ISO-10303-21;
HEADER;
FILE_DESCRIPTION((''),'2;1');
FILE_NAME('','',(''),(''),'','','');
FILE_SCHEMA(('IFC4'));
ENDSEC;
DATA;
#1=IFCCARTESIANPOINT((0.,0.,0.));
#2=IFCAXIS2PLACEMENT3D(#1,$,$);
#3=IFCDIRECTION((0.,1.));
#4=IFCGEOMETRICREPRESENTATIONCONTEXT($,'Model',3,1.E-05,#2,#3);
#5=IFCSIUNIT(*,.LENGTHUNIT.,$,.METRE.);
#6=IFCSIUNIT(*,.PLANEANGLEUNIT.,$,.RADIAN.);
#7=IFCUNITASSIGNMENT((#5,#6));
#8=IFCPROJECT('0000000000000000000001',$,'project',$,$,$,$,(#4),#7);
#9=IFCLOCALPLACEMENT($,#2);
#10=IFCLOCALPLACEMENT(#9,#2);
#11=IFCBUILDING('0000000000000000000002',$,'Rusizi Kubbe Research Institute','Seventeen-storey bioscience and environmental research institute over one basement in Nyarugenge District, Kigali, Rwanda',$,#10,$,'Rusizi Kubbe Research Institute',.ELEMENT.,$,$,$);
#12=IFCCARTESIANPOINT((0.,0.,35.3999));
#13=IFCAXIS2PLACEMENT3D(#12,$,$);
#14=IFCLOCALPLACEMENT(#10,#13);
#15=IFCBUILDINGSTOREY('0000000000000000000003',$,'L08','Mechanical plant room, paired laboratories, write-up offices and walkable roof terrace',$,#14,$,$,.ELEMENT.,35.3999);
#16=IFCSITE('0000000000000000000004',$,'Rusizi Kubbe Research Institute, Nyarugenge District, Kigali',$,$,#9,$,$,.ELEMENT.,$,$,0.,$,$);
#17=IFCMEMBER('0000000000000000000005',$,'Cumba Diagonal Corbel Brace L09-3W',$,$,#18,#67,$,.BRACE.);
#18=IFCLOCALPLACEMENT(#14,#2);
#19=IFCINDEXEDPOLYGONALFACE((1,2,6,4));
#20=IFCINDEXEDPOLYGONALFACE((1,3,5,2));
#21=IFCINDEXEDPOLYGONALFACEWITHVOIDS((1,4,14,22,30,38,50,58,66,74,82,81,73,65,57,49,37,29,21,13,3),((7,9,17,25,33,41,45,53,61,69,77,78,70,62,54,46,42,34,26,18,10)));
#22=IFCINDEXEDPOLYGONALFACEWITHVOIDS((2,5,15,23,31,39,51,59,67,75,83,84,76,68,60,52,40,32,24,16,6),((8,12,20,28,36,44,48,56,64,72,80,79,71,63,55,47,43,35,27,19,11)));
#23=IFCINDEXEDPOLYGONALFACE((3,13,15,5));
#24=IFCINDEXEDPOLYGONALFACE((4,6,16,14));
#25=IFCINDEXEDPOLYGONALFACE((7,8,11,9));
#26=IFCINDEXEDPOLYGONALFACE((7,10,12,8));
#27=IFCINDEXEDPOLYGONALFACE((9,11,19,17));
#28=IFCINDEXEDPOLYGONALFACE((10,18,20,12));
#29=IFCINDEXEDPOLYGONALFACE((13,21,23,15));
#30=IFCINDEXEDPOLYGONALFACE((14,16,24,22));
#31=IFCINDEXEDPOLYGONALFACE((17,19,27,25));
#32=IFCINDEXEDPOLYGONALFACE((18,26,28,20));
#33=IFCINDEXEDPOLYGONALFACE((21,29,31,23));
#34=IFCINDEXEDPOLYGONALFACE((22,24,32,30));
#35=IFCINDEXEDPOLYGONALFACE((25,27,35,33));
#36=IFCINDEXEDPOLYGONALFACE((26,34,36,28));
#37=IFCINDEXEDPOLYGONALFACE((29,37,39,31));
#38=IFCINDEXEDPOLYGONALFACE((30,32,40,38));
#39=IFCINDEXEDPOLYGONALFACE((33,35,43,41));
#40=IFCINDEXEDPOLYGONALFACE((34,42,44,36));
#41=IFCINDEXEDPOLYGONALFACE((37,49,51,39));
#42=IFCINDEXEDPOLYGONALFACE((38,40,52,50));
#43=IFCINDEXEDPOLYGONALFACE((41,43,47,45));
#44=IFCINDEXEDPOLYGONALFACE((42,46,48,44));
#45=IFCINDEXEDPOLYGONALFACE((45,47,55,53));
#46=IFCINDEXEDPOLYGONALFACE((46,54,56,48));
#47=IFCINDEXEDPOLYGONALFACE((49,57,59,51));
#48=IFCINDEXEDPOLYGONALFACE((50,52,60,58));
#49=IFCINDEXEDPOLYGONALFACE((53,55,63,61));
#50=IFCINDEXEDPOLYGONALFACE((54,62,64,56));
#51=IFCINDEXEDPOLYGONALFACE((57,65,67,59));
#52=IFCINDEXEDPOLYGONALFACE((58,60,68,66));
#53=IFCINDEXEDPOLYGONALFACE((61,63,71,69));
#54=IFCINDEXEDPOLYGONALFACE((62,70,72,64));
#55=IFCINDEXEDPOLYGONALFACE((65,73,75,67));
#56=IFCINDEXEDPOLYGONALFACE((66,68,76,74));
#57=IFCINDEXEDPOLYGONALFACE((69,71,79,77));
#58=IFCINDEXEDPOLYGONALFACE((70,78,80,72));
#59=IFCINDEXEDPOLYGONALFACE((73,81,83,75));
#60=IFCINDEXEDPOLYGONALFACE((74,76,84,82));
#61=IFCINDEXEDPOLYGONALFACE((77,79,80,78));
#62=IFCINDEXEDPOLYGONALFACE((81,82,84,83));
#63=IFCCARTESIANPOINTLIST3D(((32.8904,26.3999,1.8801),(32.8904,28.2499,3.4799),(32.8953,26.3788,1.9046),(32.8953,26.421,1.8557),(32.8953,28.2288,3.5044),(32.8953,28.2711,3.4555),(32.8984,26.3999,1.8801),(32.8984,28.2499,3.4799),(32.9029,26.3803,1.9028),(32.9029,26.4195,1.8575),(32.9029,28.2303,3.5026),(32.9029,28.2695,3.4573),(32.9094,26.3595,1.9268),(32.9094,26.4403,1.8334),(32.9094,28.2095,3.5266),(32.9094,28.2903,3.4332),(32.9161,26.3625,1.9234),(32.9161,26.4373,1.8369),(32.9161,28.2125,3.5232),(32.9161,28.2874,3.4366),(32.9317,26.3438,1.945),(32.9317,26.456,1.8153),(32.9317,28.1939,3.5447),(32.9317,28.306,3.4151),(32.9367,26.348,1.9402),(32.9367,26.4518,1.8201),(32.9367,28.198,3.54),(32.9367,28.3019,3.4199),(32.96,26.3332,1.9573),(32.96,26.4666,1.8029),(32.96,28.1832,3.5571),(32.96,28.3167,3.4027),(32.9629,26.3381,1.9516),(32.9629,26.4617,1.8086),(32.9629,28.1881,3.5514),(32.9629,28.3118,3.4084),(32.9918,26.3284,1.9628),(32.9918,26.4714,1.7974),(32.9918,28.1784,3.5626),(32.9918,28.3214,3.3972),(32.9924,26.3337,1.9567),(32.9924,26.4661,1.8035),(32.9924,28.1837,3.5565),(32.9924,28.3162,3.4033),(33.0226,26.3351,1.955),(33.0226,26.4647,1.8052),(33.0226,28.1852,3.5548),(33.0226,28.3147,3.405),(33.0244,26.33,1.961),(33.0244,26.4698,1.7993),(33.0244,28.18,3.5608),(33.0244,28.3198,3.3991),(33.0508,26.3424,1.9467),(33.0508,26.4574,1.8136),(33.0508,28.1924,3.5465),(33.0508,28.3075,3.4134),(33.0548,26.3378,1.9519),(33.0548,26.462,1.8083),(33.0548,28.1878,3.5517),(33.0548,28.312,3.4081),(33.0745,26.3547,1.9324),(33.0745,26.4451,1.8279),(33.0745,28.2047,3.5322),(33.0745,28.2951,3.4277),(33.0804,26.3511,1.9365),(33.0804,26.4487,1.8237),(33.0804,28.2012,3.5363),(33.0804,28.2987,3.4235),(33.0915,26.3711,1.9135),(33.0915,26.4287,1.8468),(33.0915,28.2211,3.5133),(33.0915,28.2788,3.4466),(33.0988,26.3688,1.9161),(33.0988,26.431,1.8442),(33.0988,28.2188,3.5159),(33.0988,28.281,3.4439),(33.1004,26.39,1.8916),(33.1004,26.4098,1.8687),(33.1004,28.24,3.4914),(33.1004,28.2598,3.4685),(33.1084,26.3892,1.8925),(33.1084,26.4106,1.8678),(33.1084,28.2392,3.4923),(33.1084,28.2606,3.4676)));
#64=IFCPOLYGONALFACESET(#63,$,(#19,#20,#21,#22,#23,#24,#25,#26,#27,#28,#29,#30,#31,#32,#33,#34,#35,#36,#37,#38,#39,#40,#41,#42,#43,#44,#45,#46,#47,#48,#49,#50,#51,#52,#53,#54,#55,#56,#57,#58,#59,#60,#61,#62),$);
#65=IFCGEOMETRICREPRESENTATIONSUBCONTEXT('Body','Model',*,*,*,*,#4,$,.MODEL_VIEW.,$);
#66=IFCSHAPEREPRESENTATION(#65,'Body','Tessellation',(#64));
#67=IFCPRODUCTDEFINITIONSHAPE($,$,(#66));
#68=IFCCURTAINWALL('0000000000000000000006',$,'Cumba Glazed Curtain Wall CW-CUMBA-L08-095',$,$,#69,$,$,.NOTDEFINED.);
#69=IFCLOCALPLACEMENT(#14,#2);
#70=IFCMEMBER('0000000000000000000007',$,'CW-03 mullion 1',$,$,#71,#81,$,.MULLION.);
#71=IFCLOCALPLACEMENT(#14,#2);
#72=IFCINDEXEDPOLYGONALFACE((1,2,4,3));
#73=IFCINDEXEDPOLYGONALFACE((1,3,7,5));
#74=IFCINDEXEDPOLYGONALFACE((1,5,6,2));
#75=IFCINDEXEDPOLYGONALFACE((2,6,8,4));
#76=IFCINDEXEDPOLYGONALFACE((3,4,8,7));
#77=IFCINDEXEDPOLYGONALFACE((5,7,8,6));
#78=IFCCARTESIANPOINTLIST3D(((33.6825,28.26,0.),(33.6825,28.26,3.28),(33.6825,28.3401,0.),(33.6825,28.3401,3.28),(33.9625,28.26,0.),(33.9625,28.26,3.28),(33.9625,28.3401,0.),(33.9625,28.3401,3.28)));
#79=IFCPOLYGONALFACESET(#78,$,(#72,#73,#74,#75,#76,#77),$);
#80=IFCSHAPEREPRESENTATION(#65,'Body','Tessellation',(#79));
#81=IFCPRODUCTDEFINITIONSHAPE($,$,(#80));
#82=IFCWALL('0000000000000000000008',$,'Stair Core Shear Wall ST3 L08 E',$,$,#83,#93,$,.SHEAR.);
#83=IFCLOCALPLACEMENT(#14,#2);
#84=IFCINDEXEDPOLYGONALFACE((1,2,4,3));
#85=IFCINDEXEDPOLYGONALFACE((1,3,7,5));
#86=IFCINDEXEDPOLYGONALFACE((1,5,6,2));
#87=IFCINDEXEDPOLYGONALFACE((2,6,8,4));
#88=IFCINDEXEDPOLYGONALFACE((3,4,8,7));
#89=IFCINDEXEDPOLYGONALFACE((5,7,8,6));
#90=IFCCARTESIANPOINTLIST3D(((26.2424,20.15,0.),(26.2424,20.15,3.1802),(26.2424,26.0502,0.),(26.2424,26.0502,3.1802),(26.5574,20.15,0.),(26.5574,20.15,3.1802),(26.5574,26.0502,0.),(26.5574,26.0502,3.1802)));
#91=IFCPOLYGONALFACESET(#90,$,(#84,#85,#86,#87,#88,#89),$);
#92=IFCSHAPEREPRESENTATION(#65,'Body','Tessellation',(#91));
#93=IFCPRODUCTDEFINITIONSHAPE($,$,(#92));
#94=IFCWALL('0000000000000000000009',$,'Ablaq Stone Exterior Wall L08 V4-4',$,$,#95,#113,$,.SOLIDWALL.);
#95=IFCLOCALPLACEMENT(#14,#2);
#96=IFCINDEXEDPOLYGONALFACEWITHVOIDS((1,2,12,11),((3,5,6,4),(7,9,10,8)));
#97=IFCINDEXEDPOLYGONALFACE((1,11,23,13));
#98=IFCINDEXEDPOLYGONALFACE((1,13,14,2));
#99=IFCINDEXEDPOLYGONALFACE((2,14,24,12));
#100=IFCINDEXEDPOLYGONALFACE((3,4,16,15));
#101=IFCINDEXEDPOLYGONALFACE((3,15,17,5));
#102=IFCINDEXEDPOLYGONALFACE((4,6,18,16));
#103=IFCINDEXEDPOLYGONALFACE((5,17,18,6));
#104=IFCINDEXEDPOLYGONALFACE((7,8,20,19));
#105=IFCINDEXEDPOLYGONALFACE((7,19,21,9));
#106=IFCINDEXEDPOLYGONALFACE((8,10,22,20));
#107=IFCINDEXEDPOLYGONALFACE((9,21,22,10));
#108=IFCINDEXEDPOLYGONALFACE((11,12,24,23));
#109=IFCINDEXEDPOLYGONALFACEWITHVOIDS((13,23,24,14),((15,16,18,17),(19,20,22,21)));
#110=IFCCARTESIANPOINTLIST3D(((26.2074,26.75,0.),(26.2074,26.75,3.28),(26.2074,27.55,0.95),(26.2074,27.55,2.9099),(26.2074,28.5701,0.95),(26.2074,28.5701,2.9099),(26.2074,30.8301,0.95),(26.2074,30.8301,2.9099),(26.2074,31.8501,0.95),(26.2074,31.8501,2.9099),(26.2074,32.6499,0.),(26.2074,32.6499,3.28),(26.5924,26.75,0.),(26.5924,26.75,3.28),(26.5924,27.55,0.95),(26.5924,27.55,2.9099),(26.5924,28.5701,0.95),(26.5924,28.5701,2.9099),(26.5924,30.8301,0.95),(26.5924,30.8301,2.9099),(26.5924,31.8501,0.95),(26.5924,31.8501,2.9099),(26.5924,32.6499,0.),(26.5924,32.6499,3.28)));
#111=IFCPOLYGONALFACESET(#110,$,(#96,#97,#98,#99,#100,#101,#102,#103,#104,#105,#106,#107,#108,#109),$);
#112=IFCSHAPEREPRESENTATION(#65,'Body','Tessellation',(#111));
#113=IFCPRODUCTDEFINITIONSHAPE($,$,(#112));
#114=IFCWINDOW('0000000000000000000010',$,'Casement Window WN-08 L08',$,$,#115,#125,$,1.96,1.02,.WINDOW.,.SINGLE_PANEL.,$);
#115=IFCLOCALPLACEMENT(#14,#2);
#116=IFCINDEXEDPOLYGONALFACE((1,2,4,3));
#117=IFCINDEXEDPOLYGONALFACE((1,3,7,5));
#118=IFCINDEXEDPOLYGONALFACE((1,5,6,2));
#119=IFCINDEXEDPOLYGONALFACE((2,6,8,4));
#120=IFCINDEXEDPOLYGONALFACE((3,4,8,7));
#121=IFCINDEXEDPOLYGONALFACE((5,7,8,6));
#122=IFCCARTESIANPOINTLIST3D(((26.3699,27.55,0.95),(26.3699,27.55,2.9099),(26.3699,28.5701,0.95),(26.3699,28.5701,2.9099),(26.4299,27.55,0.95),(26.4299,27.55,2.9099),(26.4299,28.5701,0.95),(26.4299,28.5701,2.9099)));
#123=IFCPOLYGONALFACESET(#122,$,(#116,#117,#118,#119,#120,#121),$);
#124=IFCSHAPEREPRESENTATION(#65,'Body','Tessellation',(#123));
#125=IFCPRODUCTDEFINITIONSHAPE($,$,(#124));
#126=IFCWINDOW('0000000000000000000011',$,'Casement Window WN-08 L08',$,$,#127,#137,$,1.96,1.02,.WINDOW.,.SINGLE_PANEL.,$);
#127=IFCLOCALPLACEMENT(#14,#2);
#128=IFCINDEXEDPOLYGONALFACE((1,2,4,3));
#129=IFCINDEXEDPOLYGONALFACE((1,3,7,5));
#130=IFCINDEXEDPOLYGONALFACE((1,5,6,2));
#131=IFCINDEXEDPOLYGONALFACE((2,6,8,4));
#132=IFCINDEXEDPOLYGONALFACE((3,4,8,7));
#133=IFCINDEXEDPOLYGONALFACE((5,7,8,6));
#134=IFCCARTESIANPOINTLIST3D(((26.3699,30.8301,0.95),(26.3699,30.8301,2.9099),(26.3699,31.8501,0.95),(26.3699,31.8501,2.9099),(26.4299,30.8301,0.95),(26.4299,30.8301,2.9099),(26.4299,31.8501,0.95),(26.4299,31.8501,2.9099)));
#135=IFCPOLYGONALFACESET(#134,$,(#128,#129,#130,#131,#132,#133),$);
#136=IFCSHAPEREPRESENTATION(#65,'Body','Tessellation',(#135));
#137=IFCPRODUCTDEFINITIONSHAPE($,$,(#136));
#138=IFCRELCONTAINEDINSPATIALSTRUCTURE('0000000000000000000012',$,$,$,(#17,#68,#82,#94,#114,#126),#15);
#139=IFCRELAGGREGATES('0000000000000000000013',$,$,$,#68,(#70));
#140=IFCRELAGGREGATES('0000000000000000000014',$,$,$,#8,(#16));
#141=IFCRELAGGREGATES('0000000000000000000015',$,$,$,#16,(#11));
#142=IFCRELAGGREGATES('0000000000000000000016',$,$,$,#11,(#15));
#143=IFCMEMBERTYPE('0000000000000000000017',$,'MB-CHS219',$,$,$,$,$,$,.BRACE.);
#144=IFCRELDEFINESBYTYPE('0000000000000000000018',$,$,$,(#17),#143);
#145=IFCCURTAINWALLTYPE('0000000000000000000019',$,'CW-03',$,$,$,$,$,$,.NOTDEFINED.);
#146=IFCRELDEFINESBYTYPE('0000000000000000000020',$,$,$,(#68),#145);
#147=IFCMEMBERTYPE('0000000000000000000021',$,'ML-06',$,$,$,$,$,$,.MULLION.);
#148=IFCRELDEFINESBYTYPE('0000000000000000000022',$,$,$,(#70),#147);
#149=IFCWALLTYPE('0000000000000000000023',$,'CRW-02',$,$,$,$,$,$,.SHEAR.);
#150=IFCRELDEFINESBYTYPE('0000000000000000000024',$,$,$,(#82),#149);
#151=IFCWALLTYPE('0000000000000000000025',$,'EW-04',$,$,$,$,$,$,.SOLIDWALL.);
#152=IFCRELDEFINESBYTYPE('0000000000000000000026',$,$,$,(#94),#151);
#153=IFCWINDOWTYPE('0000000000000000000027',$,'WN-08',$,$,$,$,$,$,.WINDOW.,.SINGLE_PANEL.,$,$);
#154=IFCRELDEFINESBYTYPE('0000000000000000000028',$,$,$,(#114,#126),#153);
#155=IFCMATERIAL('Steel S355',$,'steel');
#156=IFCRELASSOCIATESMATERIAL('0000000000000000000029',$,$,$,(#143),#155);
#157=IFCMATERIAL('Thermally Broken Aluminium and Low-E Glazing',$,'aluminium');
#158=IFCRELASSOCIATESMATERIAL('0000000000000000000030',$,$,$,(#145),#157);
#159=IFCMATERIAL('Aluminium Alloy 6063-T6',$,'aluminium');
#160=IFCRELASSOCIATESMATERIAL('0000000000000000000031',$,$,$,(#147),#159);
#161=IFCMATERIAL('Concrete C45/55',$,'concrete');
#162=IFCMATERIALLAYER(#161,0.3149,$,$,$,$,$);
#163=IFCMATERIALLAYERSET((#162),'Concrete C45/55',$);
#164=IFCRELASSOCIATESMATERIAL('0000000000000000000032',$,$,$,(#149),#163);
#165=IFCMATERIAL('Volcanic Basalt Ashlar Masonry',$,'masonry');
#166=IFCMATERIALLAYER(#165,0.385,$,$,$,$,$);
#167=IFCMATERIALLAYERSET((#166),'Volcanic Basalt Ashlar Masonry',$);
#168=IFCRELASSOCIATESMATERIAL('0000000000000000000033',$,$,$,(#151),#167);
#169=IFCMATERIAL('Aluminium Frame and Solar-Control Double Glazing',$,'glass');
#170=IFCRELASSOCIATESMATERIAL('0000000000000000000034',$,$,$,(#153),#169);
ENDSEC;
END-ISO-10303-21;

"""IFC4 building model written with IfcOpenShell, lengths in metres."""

from ifc_helpers import new_model, si_unit, direction, frame, frame_2d, origin, origin_2d, place, context, subcontext, project, spatial, rectangle, hollow_circle, extrude, material, layer, layer_set, material_profile, profile_set, type_object, element, fill, aggregate, save


model = new_model("IFC4")

# Units and contexts
model_context = context("Model", 3, precision=1e-05, world=origin(), true_north=direction((0.0, 1.0)))
body_context = subcontext(model_context, "Body", "Model", "MODEL_VIEW")
ifc_project = project(units=[si_unit("LENGTHUNIT", "METRE"), si_unit("PLANEANGLEUNIT", "RADIAN")], contexts=[model_context])

# Site, building, storey
site_placement = place(None, origin())
site = spatial("IfcSite", under=ifc_project, at=site_placement, Name="Rusizi Kubbe Research Institute, Nyarugenge District, Kigali", CompositionType="ELEMENT", RefElevation=0.0)
building_placement = place(site_placement, origin())
building = spatial("IfcBuilding", under=site, at=building_placement, Name="Rusizi Kubbe Research Institute", Description="Seventeen-storey bioscience and environmental research institute over one basement in Nyarugenge District, Kigali, Rwanda", LongName="Rusizi Kubbe Research Institute", CompositionType="ELEMENT")
storey_placement = place(building_placement, frame((0.0, 0.0, 35.3999)))
storey = spatial("IfcBuildingStorey", under=building, at=storey_placement, Name="L08", Description="Mechanical plant room, paired laboratories, write-up offices and walkable roof terrace", CompositionType="ELEMENT", Elevation=35.3999)

# Member
ifc_material_1 = material(Name="Steel S355", Category="steel")
ifc_material_profile_1 = material_profile(ifc_material_1, hollow_circle(Radius=0.1096, WallThickness=0.0081, at=origin_2d()), Name="CHS 219.1x8.0")
ifc_profile_set_1 = profile_set([ifc_material_profile_1], Name="Steel S355")
member_type_1 = type_object("IfcMemberType", Name="MB-CHS219", PredefinedType="BRACE", material=ifc_profile_set_1)
member_1_placement = place(storey_placement, frame((33.0, 26.3999, 1.8801), z_axis=(0.0, 0.75641, 0.654098), x_axis=(-1.0, 0.0, 0.0)))
element("IfcMember", 1, at=member_1_placement, inside=storey, type_object=member_type_1, Name="Cumba Diagonal Corbel Brace L09-3W", PredefinedType="BRACE", context=body_context, shape_type="SweptSolid", body=[
    extrude(hollow_circle(Radius=0.1096, WallThickness=0.0081, at=origin_2d()), origin(), (0.0, 0.0, 1.0), 2.4458),
])

# Curtain wall, member
ifc_material_2 = material(Name="Thermally Broken Aluminium and Low-E Glazing", Category="aluminium")
curtain_wall_type = type_object("IfcCurtainWallType", Name="CW-03", PredefinedType="NOTDEFINED", material=ifc_material_2)
curtain_wall_placement = place(storey_placement, origin())
curtain_wall = element("IfcCurtainWall", 2, at=curtain_wall_placement, inside=storey, type_object=curtain_wall_type, Name="Cumba Glazed Curtain Wall CW-CUMBA-L08-095", PredefinedType="NOTDEFINED")
ifc_material_3 = material(Name="Aluminium Alloy 6063-T6", Category="aluminium")
ifc_material_profile_2 = material_profile(ifc_material_3, rectangle(XDim=0.0801, YDim=0.28, at=origin_2d()), Name="ALU-M 80x280")
ifc_profile_set_2 = profile_set([ifc_material_profile_2], Name="Aluminium Alloy 6063-T6")
member_type_2 = type_object("IfcMemberType", Name="ML-06", PredefinedType="MULLION", material=ifc_profile_set_2)
member_2_placement = place(storey_placement, frame((33.8225, 28.3, 0.0), z_axis=(0.0, 0.0, 1.0), x_axis=(0.0, 1.0, 0.0)))
member_2 = element("IfcMember", 3, at=member_2_placement, type_object=member_type_2, Name="CW-03 mullion 1", PredefinedType="MULLION", context=body_context, shape_type="SweptSolid", body=[
    extrude(rectangle(XDim=0.0801, YDim=0.28, at=origin_2d()), origin(), (0.0, 0.0, 1.0), 3.28),
])
aggregate(curtain_wall, [member_2])

# Wall
ifc_material_4 = material(Name="Concrete C45/55", Category="concrete")
ifc_layer_1 = layer(ifc_material_4, 0.3149)
ifc_layer_set_1 = layer_set([ifc_layer_1], Name="Concrete C45/55")
wall_type_1 = type_object("IfcWallType", Name="CRW-02", PredefinedType="SHEAR", material=ifc_layer_set_1)
wall_1_placement = place(storey_placement, frame((26.3999, 20.1499, 0.0), z_axis=(0.0, 0.0, 1.0), x_axis=(0.0, 1.0, 0.0)))
element("IfcWall", 4, at=wall_1_placement, inside=storey, type_object=wall_type_1, Name="Stair Core Shear Wall ST3 L08 E", PredefinedType="SHEAR", context=body_context, shape_type="SweptSolid", body=[
    extrude(rectangle(XDim=5.9001, YDim=0.3149, at=frame_2d((2.9502, 0.0))), origin(), (0.0, 0.0, 1.0), 3.1802),
])

# Wall, openings, windows
ifc_material_5 = material(Name="Volcanic Basalt Ashlar Masonry", Category="masonry")
ifc_layer_2 = layer(ifc_material_5, 0.385)
ifc_layer_set_2 = layer_set([ifc_layer_2], Name="Volcanic Basalt Ashlar Masonry")
wall_type_2 = type_object("IfcWallType", Name="EW-04", PredefinedType="SOLIDWALL", material=ifc_layer_set_2)
wall_2_placement = place(storey_placement, frame((26.3999, 26.75, 0.0), z_axis=(0.0, 0.0, 1.0), x_axis=(0.0, 1.0, 0.0)))
wall_2 = element("IfcWall", 5, at=wall_2_placement, inside=storey, type_object=wall_type_2, Name="Ablaq Stone Exterior Wall L08 V4-4", PredefinedType="SOLIDWALL", context=body_context, shape_type="SweptSolid", body=[
    extrude(rectangle(XDim=5.8999, YDim=0.385, at=frame_2d((2.95, 0.0))), origin(), (0.0, 0.0, 1.0), 3.28),
])
opening_1_placement = place(wall_2_placement, frame((0.8, 0.0, 0.95)))
opening_1 = element("IfcOpeningElement", 6, at=opening_1_placement, cuts=wall_2, PredefinedType="OPENING", context=body_context, shape_type="SweptSolid", body=[
    extrude(rectangle(XDim=1.02, YDim=1.96, at=frame_2d((0.51, 0.98))), frame((0.0, 0.2024, 0.0), z_axis=(0.0, -1.0, 0.0), x_axis=(1.0, 0.0, 0.0)), (0.0, 0.0, 1.0), 0.405),
])
opening_2_placement = place(wall_2_placement, frame((4.0801, 0.0, 0.95)))
opening_2 = element("IfcOpeningElement", 7, at=opening_2_placement, cuts=wall_2, PredefinedType="OPENING", context=body_context, shape_type="SweptSolid", body=[
    extrude(rectangle(XDim=1.02, YDim=1.96, at=frame_2d((0.51, 0.98))), frame((0.0, 0.2024, 0.0), z_axis=(0.0, -1.0, 0.0), x_axis=(1.0, 0.0, 0.0)), (0.0, 0.0, 1.0), 0.405),
])
ifc_material_6 = material(Name="Aluminium Frame and Solar-Control Double Glazing", Category="glass")
window_type_1 = type_object("IfcWindowType", Name="WN-08", PartitioningType="SINGLE_PANEL", PredefinedType="WINDOW", material=ifc_material_6)
window_1_placement = place(opening_1_placement, origin())
window_1 = element("IfcWindow", 8, at=window_1_placement, inside=storey, type_object=window_type_1, Name="Casement Window WN-08 L08", OverallHeight=1.96, OverallWidth=1.02, PartitioningType="SINGLE_PANEL", PredefinedType="WINDOW", context=body_context, shape_type="SweptSolid", body=[
    extrude(rectangle(XDim=1.02, YDim=1.96, at=frame_2d((0.51, 0.98))), frame((0.0, 0.03, 0.0), z_axis=(0.0, -1.0, 0.0), x_axis=(1.0, 0.0, 0.0)), (0.0, 0.0, 1.0), 0.0601),
])
fill(opening_1, window_1)
window_2_placement = place(opening_2_placement, origin())
window_2 = element("IfcWindow", 9, at=window_2_placement, inside=storey, type_object=window_type_1, Name="Casement Window WN-08 L08", OverallHeight=1.96, OverallWidth=1.02, PartitioningType="SINGLE_PANEL", PredefinedType="WINDOW", context=body_context, shape_type="SweptSolid", body=[
    extrude(rectangle(XDim=1.02, YDim=1.96, at=frame_2d((0.51, 0.98))), frame((0.0, 0.03, 0.0), z_axis=(0.0, -1.0, 0.0), x_axis=(1.0, 0.0, 0.0)), (0.0, 0.0, 1.0), 0.0601),
])
fill(opening_2, window_2)

save(model, "model.ifc")
